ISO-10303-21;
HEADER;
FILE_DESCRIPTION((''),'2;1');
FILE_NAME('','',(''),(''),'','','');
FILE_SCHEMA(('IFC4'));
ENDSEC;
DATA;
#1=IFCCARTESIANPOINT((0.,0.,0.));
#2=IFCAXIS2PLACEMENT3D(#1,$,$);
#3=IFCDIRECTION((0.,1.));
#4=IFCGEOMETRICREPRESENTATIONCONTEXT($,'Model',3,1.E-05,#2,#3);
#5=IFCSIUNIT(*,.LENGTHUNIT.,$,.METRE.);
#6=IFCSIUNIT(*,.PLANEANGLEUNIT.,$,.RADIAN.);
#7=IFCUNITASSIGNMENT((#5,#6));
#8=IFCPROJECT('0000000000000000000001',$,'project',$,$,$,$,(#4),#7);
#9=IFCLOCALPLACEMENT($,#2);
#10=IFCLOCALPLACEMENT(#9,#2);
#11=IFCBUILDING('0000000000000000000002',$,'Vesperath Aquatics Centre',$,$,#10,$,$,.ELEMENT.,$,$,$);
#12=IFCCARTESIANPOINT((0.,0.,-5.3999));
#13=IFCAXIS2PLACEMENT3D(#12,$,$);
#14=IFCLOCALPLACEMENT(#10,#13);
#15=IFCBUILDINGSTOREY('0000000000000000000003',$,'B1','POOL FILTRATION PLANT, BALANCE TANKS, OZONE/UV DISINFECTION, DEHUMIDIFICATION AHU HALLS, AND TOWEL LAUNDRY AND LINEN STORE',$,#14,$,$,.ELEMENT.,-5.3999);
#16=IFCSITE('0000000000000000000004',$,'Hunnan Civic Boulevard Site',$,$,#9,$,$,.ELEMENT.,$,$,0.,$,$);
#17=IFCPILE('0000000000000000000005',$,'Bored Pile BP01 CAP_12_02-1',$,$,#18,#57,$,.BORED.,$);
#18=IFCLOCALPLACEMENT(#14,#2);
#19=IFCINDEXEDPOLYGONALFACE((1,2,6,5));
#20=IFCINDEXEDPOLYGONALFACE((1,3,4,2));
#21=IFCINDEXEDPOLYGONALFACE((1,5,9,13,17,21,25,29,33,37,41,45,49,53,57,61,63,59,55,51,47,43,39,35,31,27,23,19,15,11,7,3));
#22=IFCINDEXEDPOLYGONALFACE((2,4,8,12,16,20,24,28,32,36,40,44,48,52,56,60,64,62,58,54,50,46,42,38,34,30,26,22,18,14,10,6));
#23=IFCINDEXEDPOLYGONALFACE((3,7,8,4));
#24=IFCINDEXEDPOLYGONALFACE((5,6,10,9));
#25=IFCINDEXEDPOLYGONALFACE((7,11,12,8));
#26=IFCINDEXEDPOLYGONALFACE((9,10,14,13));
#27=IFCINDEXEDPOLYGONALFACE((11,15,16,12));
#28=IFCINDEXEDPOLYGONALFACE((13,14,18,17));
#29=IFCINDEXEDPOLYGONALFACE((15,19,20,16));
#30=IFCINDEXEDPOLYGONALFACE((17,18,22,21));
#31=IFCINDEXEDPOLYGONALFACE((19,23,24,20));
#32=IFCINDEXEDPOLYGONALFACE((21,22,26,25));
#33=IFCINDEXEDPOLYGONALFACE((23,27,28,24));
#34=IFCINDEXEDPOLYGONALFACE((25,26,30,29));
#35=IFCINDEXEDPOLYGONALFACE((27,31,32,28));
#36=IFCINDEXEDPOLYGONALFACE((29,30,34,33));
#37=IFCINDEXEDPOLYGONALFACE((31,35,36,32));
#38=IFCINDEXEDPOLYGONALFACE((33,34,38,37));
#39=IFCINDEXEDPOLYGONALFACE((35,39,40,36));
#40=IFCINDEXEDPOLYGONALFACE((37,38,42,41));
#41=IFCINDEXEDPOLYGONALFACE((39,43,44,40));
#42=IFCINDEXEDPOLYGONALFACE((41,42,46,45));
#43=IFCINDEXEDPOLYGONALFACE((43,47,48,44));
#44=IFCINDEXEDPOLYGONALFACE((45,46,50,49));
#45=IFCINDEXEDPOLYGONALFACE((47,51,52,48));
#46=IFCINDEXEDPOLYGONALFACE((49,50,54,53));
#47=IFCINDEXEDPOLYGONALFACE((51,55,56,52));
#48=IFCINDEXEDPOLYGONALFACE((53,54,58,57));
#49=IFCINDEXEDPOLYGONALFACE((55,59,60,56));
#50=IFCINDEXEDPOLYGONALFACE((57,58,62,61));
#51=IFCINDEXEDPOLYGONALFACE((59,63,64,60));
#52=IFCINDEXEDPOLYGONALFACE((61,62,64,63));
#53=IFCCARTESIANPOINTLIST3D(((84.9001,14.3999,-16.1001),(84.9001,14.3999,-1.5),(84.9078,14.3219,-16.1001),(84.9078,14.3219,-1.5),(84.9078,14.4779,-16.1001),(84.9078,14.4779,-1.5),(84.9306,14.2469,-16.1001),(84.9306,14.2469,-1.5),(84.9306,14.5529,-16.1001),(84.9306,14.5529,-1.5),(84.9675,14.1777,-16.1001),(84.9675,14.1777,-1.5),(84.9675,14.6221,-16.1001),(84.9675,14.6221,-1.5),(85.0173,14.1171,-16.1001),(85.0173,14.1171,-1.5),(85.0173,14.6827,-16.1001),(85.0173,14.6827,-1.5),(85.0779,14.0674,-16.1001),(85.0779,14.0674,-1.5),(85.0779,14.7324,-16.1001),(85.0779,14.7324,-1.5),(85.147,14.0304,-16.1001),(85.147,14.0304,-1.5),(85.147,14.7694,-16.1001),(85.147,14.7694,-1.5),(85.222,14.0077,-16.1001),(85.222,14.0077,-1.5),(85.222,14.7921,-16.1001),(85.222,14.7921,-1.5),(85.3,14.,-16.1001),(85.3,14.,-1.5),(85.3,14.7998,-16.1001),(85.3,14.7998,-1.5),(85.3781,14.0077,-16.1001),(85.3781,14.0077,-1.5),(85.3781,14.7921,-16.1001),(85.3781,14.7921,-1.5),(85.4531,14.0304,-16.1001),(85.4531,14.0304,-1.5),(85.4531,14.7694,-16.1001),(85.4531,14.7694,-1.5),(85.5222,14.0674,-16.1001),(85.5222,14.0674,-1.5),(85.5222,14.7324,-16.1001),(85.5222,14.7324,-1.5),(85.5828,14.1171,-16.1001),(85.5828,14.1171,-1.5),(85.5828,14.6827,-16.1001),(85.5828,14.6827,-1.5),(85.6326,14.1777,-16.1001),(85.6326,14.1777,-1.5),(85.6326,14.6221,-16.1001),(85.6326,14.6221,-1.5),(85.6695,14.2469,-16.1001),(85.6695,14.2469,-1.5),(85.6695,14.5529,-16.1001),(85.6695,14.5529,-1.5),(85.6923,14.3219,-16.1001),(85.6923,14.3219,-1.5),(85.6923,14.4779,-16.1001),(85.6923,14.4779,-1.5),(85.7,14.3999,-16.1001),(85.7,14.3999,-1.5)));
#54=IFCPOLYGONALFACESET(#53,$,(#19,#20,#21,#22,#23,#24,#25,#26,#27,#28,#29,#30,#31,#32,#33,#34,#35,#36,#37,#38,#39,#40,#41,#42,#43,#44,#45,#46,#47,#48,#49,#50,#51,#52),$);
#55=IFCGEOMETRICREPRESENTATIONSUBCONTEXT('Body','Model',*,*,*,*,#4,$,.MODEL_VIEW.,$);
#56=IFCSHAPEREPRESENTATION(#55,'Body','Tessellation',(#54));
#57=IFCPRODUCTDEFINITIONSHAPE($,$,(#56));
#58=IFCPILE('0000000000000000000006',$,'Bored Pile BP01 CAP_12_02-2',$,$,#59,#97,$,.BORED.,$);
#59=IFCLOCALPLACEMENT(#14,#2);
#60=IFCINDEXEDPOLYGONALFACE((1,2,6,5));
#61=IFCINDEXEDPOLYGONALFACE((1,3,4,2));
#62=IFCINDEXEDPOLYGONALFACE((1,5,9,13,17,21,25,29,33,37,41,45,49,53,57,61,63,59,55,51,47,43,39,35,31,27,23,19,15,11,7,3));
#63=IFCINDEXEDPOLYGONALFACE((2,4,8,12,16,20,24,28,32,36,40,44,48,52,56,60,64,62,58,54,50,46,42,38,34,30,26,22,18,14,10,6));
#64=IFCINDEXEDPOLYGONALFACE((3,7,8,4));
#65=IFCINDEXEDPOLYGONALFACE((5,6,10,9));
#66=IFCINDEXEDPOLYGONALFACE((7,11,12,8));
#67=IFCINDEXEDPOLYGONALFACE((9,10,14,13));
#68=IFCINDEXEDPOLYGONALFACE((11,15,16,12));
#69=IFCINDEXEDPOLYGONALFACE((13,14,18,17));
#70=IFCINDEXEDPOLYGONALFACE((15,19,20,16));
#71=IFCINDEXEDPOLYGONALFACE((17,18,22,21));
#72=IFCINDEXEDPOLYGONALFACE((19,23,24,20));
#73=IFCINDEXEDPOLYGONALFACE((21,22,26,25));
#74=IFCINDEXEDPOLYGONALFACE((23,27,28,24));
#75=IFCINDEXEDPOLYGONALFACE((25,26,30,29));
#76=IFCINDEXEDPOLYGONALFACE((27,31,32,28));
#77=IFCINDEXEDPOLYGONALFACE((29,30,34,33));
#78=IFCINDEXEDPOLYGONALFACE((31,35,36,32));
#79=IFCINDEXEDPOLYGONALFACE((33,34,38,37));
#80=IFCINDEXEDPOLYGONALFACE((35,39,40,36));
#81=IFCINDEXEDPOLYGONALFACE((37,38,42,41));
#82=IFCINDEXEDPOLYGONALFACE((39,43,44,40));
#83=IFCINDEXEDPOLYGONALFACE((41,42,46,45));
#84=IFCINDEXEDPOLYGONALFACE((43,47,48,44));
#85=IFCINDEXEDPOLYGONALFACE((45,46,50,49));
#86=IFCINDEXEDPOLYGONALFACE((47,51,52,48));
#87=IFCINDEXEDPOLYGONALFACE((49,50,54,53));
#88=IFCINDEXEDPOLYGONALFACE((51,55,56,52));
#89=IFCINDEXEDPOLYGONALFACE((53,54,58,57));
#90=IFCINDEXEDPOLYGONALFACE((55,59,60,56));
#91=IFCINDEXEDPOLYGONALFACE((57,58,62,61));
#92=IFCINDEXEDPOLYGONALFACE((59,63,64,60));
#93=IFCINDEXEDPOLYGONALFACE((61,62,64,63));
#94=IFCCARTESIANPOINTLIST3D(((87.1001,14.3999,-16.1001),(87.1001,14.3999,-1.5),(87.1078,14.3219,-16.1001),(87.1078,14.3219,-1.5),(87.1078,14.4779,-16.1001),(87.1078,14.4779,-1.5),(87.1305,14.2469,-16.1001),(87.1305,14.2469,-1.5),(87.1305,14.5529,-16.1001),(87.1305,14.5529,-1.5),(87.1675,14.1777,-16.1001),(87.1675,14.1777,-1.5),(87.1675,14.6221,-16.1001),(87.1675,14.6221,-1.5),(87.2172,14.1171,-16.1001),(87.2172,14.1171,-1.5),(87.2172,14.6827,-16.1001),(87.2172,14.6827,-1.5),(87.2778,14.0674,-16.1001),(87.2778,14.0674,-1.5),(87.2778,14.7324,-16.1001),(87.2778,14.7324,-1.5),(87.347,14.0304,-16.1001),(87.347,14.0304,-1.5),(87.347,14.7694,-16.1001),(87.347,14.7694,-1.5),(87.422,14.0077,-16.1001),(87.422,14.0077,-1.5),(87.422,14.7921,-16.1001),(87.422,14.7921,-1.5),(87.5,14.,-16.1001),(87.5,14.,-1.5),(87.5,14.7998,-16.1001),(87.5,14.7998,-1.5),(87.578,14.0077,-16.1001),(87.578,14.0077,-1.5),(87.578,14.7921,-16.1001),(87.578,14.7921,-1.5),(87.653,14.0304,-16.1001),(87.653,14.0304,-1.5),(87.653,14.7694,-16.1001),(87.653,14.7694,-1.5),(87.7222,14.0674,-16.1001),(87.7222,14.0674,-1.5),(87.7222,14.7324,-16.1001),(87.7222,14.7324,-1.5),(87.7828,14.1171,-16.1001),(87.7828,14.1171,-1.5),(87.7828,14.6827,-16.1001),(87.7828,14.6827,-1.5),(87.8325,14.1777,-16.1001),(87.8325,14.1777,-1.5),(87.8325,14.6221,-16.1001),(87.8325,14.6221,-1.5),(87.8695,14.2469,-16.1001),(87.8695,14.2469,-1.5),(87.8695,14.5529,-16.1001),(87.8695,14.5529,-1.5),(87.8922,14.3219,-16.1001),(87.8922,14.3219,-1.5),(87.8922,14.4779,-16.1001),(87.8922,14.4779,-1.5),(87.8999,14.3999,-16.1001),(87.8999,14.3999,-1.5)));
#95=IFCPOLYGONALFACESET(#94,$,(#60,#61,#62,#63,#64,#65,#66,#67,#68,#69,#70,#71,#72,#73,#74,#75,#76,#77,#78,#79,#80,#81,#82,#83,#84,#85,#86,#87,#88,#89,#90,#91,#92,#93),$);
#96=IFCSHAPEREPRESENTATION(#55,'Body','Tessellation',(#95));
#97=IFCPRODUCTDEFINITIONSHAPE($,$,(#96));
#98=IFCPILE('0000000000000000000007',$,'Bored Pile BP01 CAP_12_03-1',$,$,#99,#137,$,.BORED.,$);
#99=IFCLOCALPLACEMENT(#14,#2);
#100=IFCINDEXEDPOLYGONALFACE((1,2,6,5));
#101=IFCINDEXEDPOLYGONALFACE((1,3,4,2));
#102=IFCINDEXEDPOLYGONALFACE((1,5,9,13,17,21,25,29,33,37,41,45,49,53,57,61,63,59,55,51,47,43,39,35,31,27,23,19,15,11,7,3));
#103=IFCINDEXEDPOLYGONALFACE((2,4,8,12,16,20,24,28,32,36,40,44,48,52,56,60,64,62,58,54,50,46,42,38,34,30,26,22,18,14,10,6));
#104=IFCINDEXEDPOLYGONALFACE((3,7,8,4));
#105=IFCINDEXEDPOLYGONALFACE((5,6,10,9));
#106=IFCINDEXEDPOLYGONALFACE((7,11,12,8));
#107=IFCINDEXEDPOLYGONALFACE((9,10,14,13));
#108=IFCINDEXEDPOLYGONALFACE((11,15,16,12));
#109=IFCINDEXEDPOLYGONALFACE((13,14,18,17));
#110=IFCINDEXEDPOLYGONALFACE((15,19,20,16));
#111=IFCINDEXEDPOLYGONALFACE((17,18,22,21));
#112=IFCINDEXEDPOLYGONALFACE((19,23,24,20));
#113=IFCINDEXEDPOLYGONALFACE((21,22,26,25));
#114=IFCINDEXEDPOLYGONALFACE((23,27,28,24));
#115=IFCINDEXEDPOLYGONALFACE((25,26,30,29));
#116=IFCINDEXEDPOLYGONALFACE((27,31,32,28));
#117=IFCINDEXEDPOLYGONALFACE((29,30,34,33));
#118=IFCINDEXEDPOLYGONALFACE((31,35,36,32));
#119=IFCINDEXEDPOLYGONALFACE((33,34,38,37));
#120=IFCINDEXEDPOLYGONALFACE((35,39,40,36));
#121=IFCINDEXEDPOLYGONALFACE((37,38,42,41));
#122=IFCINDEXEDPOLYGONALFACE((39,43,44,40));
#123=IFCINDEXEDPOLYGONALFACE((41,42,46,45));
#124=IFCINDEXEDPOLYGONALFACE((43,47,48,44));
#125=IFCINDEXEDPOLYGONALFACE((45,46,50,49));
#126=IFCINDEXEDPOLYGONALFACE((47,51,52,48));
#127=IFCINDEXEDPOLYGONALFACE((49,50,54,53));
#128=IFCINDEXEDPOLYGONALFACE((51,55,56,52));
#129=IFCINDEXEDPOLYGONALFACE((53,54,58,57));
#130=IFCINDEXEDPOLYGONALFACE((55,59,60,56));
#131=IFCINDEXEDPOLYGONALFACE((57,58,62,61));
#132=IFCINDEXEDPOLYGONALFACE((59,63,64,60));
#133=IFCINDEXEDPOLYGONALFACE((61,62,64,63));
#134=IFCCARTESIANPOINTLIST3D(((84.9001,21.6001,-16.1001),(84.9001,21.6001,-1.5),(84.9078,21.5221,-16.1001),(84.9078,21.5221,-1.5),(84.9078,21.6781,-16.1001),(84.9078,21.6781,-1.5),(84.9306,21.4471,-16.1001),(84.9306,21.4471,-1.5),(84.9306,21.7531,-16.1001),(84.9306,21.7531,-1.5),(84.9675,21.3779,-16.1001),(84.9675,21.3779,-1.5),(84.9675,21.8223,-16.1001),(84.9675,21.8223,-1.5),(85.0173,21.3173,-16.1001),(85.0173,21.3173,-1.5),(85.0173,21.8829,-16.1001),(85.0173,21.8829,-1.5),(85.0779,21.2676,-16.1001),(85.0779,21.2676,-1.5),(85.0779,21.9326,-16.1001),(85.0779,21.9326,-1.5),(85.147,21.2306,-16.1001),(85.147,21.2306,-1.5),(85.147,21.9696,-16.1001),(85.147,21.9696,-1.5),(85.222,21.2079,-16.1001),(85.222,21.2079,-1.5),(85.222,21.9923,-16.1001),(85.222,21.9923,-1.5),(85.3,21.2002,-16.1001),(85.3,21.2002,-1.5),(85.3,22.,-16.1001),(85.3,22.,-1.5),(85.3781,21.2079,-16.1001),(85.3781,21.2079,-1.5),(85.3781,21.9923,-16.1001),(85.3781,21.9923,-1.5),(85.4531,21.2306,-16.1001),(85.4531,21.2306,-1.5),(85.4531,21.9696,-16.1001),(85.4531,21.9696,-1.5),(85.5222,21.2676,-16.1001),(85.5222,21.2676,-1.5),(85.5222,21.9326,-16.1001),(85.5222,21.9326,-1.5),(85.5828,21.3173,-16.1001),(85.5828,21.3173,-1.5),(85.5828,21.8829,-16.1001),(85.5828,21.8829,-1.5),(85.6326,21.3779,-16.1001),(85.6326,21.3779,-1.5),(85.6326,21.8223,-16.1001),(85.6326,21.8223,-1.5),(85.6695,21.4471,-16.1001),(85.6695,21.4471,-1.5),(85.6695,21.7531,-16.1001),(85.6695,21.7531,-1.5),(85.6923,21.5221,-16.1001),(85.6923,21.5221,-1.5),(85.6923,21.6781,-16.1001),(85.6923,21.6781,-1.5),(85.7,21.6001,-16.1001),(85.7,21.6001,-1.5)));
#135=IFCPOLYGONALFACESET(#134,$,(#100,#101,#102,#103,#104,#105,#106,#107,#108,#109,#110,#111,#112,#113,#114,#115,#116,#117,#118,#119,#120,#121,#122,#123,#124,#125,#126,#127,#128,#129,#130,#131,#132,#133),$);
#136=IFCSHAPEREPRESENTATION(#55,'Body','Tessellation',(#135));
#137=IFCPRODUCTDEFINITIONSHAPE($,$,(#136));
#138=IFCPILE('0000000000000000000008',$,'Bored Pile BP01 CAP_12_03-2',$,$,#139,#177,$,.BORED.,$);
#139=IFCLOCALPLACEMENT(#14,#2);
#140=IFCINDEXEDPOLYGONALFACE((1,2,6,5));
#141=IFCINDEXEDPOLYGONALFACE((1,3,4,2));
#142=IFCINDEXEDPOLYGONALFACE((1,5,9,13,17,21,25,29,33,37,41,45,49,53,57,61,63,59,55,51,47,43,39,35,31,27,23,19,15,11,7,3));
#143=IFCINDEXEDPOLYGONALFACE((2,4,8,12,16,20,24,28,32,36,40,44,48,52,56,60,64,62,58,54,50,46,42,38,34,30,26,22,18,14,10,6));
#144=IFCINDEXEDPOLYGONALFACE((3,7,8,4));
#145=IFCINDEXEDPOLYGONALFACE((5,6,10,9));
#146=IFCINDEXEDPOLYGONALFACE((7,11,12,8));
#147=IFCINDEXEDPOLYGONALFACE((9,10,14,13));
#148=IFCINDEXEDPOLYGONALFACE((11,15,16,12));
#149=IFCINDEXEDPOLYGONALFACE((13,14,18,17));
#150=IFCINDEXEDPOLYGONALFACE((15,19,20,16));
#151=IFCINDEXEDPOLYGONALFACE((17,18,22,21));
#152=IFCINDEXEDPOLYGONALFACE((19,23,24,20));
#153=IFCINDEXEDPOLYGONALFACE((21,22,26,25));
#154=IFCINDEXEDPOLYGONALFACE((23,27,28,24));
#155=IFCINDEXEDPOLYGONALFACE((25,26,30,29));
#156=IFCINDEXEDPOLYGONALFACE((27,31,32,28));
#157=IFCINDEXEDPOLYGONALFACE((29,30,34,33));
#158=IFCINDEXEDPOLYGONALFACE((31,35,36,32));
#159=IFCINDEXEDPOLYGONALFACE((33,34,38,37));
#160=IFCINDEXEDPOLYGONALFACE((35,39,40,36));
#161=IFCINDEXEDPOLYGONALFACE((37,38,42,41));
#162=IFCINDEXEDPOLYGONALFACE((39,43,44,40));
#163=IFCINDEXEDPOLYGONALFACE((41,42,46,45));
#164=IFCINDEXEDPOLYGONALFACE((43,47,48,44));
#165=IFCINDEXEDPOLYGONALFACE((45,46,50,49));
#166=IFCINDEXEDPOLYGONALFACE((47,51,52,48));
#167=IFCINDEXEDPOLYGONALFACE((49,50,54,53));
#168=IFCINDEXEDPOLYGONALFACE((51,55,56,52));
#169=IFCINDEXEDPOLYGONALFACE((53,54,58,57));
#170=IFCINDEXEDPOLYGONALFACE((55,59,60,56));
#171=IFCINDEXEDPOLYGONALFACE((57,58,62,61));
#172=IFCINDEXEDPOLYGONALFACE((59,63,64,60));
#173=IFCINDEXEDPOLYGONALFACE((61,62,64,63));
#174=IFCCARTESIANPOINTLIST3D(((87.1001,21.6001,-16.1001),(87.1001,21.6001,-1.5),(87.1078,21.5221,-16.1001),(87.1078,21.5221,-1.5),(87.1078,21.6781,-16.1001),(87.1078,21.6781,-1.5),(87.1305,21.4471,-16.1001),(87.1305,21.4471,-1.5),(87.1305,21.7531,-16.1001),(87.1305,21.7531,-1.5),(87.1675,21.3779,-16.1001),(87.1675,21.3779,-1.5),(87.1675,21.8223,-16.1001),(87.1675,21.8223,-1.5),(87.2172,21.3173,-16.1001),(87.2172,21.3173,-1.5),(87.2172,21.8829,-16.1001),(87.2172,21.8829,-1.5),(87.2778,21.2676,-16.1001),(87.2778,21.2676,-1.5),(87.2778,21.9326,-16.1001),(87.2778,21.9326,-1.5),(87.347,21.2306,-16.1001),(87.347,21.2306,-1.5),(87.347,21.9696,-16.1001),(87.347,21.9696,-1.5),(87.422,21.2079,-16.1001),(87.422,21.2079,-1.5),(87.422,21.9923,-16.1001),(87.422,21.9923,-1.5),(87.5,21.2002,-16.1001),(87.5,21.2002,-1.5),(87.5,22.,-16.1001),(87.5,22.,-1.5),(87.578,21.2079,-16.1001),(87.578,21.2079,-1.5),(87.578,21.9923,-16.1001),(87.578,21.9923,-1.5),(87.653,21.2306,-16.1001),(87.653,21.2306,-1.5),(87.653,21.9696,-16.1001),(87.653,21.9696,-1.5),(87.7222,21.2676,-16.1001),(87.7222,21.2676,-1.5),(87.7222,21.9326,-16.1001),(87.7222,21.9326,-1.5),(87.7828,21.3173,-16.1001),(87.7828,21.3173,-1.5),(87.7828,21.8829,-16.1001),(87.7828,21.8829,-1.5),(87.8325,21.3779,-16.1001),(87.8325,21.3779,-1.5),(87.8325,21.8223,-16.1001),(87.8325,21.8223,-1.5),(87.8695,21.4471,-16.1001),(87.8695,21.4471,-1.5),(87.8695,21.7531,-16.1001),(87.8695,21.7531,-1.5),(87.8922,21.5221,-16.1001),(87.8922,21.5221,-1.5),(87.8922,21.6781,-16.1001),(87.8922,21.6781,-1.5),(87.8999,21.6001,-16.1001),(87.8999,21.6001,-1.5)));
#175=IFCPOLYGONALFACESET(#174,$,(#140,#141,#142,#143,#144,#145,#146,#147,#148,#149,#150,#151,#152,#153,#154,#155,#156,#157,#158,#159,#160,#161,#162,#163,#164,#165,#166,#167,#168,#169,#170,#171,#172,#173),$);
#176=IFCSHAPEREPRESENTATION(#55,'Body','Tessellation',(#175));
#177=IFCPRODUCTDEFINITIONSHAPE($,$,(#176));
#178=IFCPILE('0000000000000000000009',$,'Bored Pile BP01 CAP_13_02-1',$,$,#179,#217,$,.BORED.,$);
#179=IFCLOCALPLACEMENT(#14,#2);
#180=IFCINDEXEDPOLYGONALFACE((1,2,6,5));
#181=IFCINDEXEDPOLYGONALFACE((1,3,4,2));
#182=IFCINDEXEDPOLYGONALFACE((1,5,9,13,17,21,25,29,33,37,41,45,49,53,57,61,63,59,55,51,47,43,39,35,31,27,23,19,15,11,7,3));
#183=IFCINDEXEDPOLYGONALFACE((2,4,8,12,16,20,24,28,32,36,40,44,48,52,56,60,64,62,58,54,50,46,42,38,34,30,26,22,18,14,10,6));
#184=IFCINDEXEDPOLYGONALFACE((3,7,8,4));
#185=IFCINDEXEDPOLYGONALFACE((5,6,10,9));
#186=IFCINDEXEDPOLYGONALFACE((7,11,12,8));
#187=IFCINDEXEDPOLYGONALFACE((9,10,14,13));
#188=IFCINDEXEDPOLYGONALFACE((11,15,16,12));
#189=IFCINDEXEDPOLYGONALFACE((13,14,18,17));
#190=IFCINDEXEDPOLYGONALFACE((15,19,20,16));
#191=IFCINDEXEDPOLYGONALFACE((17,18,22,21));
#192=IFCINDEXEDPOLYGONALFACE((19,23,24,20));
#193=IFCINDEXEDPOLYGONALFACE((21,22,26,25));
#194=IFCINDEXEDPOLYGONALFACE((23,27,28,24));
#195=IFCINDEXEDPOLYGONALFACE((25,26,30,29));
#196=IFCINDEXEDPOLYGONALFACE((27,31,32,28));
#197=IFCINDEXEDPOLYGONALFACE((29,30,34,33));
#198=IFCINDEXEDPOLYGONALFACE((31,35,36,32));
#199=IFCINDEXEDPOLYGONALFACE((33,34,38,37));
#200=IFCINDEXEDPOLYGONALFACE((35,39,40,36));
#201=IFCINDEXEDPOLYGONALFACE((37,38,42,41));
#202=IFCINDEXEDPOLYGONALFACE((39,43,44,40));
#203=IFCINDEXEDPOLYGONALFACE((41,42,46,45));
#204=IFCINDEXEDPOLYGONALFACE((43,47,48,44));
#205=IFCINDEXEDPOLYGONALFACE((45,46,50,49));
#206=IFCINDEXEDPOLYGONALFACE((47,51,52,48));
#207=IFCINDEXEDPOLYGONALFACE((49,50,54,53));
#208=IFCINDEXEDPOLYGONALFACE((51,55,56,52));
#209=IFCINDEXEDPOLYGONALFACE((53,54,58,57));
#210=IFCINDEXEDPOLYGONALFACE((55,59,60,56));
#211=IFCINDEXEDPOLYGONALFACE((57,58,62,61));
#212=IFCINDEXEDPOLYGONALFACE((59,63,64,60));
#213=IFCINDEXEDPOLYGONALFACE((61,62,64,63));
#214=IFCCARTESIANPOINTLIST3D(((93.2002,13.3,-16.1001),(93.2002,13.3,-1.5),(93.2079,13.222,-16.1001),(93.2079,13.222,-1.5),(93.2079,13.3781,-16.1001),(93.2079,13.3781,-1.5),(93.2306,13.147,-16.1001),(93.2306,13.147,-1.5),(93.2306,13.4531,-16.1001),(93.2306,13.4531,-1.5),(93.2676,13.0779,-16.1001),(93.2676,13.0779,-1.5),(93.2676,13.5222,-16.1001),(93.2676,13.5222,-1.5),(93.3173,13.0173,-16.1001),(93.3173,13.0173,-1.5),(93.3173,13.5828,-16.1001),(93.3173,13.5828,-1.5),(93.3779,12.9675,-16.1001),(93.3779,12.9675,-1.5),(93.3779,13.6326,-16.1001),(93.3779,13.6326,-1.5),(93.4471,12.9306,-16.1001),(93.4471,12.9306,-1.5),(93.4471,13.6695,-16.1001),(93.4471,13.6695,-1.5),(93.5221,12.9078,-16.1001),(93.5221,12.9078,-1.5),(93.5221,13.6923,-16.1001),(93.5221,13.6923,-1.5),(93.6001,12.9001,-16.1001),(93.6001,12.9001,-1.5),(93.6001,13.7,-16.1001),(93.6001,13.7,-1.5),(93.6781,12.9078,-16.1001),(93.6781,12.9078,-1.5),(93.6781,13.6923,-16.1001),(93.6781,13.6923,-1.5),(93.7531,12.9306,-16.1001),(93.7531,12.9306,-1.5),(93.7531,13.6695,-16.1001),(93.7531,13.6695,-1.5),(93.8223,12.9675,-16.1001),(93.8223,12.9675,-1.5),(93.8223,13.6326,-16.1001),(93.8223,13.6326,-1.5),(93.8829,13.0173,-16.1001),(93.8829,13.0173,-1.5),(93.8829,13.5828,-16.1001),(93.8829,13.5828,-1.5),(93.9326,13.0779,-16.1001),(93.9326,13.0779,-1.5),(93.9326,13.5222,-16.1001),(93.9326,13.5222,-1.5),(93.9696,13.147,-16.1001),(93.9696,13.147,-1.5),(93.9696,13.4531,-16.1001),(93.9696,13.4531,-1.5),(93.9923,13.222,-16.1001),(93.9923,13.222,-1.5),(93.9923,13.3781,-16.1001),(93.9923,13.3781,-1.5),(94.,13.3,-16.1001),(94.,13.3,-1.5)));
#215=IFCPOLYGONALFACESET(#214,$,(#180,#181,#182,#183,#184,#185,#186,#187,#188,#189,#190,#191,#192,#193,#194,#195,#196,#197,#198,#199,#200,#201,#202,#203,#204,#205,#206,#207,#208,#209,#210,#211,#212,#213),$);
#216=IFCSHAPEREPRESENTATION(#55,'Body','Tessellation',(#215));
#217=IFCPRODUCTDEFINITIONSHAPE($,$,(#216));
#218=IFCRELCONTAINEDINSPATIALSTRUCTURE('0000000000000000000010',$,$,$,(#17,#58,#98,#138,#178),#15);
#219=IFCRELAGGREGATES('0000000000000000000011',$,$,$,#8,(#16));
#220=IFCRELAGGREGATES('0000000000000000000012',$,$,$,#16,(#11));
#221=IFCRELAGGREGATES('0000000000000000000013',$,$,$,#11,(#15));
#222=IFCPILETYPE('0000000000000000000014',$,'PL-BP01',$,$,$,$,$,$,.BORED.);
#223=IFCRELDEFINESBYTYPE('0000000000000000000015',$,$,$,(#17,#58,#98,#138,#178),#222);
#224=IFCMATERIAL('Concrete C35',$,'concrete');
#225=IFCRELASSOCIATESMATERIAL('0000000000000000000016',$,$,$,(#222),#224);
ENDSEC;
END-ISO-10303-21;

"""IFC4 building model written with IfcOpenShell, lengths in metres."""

from ifc_helpers import new_model, si_unit, direction, frame, origin, origin_2d, place, context, subcontext, project, spatial, circle, extrude, material, material_profile, profile_set, type_object, element, save


model = new_model("IFC4")

# Units and contexts
model_context = context("Model", 3, precision=1e-05, world=origin(), true_north=direction((0.0, 1.0)))
body_context = subcontext(model_context, "Body", "Model", "MODEL_VIEW")
ifc_project = project(units=[si_unit("LENGTHUNIT", "METRE"), si_unit("PLANEANGLEUNIT", "RADIAN")], contexts=[model_context])

# Site, building, storey
site_placement = place(None, origin())
site = spatial("IfcSite", under=ifc_project, at=site_placement, Name="Hunnan Civic Boulevard Site", CompositionType="ELEMENT", RefElevation=0.0)
building_placement = place(site_placement, origin())
building = spatial("IfcBuilding", under=site, at=building_placement, Name="Vesperath Aquatics Centre", CompositionType="ELEMENT")
storey_placement = place(building_placement, frame((0.0, 0.0, -5.3999)))
storey = spatial("IfcBuildingStorey", under=building, at=storey_placement, Name="B1", Description="POOL FILTRATION PLANT, BALANCE TANKS, OZONE/UV DISINFECTION, DEHUMIDIFICATION AHU HALLS, AND TOWEL LAUNDRY AND LINEN STORE", CompositionType="ELEMENT", Elevation=-5.3999)

# Piles
ifc_material_1 = material(Name="Concrete C35", Category="concrete")
ifc_material_profile_1 = material_profile(ifc_material_1, circle(Radius=0.3999, at=origin_2d()), Name="PILE D800")
ifc_profile_set_1 = profile_set([ifc_material_profile_1], Name="Concrete C35")
pile_type = type_object("IfcPileType", Name="PL-BP01", PredefinedType="BORED", material=ifc_profile_set_1)
for number, where, z_axis, x_axis, name in (
    (1, (85.3, 14.3999, -1.5), (0.0, 0.0, -1.0), (1.0, 0.0, 0.0), "Bored Pile BP01 CAP_12_02-1"),
    (2, (87.5, 14.3999, -1.5), (0.0, 0.0, -1.0), (1.0, 0.0, 0.0), "Bored Pile BP01 CAP_12_02-2"),
    (3, (85.3, 21.6001, -1.5), (0.0, 0.0, -1.0), (1.0, 0.0, 0.0), "Bored Pile BP01 CAP_12_03-1"),
    (4, (87.5, 21.6001, -1.5), (0.0, 0.0, -1.0), (1.0, 0.0, 0.0), "Bored Pile BP01 CAP_12_03-2"),
    (5, (93.6001, 13.3, -1.5), (0.0, 0.0, -1.0), (1.0, 0.0, 0.0), "Bored Pile BP01 CAP_13_02-1"),
):
    element("IfcPile", number, at=place(storey_placement, frame(where, z_axis=z_axis, x_axis=x_axis)), inside=storey, type_object=pile_type, Name=name, PredefinedType="BORED", context=body_context, shape_type="SweptSolid", body=[
        extrude(circle(Radius=0.3999, at=origin_2d()), origin(), (0.0, 0.0, 1.0), 14.6001),
    ])

save(model, "model.ifc")
